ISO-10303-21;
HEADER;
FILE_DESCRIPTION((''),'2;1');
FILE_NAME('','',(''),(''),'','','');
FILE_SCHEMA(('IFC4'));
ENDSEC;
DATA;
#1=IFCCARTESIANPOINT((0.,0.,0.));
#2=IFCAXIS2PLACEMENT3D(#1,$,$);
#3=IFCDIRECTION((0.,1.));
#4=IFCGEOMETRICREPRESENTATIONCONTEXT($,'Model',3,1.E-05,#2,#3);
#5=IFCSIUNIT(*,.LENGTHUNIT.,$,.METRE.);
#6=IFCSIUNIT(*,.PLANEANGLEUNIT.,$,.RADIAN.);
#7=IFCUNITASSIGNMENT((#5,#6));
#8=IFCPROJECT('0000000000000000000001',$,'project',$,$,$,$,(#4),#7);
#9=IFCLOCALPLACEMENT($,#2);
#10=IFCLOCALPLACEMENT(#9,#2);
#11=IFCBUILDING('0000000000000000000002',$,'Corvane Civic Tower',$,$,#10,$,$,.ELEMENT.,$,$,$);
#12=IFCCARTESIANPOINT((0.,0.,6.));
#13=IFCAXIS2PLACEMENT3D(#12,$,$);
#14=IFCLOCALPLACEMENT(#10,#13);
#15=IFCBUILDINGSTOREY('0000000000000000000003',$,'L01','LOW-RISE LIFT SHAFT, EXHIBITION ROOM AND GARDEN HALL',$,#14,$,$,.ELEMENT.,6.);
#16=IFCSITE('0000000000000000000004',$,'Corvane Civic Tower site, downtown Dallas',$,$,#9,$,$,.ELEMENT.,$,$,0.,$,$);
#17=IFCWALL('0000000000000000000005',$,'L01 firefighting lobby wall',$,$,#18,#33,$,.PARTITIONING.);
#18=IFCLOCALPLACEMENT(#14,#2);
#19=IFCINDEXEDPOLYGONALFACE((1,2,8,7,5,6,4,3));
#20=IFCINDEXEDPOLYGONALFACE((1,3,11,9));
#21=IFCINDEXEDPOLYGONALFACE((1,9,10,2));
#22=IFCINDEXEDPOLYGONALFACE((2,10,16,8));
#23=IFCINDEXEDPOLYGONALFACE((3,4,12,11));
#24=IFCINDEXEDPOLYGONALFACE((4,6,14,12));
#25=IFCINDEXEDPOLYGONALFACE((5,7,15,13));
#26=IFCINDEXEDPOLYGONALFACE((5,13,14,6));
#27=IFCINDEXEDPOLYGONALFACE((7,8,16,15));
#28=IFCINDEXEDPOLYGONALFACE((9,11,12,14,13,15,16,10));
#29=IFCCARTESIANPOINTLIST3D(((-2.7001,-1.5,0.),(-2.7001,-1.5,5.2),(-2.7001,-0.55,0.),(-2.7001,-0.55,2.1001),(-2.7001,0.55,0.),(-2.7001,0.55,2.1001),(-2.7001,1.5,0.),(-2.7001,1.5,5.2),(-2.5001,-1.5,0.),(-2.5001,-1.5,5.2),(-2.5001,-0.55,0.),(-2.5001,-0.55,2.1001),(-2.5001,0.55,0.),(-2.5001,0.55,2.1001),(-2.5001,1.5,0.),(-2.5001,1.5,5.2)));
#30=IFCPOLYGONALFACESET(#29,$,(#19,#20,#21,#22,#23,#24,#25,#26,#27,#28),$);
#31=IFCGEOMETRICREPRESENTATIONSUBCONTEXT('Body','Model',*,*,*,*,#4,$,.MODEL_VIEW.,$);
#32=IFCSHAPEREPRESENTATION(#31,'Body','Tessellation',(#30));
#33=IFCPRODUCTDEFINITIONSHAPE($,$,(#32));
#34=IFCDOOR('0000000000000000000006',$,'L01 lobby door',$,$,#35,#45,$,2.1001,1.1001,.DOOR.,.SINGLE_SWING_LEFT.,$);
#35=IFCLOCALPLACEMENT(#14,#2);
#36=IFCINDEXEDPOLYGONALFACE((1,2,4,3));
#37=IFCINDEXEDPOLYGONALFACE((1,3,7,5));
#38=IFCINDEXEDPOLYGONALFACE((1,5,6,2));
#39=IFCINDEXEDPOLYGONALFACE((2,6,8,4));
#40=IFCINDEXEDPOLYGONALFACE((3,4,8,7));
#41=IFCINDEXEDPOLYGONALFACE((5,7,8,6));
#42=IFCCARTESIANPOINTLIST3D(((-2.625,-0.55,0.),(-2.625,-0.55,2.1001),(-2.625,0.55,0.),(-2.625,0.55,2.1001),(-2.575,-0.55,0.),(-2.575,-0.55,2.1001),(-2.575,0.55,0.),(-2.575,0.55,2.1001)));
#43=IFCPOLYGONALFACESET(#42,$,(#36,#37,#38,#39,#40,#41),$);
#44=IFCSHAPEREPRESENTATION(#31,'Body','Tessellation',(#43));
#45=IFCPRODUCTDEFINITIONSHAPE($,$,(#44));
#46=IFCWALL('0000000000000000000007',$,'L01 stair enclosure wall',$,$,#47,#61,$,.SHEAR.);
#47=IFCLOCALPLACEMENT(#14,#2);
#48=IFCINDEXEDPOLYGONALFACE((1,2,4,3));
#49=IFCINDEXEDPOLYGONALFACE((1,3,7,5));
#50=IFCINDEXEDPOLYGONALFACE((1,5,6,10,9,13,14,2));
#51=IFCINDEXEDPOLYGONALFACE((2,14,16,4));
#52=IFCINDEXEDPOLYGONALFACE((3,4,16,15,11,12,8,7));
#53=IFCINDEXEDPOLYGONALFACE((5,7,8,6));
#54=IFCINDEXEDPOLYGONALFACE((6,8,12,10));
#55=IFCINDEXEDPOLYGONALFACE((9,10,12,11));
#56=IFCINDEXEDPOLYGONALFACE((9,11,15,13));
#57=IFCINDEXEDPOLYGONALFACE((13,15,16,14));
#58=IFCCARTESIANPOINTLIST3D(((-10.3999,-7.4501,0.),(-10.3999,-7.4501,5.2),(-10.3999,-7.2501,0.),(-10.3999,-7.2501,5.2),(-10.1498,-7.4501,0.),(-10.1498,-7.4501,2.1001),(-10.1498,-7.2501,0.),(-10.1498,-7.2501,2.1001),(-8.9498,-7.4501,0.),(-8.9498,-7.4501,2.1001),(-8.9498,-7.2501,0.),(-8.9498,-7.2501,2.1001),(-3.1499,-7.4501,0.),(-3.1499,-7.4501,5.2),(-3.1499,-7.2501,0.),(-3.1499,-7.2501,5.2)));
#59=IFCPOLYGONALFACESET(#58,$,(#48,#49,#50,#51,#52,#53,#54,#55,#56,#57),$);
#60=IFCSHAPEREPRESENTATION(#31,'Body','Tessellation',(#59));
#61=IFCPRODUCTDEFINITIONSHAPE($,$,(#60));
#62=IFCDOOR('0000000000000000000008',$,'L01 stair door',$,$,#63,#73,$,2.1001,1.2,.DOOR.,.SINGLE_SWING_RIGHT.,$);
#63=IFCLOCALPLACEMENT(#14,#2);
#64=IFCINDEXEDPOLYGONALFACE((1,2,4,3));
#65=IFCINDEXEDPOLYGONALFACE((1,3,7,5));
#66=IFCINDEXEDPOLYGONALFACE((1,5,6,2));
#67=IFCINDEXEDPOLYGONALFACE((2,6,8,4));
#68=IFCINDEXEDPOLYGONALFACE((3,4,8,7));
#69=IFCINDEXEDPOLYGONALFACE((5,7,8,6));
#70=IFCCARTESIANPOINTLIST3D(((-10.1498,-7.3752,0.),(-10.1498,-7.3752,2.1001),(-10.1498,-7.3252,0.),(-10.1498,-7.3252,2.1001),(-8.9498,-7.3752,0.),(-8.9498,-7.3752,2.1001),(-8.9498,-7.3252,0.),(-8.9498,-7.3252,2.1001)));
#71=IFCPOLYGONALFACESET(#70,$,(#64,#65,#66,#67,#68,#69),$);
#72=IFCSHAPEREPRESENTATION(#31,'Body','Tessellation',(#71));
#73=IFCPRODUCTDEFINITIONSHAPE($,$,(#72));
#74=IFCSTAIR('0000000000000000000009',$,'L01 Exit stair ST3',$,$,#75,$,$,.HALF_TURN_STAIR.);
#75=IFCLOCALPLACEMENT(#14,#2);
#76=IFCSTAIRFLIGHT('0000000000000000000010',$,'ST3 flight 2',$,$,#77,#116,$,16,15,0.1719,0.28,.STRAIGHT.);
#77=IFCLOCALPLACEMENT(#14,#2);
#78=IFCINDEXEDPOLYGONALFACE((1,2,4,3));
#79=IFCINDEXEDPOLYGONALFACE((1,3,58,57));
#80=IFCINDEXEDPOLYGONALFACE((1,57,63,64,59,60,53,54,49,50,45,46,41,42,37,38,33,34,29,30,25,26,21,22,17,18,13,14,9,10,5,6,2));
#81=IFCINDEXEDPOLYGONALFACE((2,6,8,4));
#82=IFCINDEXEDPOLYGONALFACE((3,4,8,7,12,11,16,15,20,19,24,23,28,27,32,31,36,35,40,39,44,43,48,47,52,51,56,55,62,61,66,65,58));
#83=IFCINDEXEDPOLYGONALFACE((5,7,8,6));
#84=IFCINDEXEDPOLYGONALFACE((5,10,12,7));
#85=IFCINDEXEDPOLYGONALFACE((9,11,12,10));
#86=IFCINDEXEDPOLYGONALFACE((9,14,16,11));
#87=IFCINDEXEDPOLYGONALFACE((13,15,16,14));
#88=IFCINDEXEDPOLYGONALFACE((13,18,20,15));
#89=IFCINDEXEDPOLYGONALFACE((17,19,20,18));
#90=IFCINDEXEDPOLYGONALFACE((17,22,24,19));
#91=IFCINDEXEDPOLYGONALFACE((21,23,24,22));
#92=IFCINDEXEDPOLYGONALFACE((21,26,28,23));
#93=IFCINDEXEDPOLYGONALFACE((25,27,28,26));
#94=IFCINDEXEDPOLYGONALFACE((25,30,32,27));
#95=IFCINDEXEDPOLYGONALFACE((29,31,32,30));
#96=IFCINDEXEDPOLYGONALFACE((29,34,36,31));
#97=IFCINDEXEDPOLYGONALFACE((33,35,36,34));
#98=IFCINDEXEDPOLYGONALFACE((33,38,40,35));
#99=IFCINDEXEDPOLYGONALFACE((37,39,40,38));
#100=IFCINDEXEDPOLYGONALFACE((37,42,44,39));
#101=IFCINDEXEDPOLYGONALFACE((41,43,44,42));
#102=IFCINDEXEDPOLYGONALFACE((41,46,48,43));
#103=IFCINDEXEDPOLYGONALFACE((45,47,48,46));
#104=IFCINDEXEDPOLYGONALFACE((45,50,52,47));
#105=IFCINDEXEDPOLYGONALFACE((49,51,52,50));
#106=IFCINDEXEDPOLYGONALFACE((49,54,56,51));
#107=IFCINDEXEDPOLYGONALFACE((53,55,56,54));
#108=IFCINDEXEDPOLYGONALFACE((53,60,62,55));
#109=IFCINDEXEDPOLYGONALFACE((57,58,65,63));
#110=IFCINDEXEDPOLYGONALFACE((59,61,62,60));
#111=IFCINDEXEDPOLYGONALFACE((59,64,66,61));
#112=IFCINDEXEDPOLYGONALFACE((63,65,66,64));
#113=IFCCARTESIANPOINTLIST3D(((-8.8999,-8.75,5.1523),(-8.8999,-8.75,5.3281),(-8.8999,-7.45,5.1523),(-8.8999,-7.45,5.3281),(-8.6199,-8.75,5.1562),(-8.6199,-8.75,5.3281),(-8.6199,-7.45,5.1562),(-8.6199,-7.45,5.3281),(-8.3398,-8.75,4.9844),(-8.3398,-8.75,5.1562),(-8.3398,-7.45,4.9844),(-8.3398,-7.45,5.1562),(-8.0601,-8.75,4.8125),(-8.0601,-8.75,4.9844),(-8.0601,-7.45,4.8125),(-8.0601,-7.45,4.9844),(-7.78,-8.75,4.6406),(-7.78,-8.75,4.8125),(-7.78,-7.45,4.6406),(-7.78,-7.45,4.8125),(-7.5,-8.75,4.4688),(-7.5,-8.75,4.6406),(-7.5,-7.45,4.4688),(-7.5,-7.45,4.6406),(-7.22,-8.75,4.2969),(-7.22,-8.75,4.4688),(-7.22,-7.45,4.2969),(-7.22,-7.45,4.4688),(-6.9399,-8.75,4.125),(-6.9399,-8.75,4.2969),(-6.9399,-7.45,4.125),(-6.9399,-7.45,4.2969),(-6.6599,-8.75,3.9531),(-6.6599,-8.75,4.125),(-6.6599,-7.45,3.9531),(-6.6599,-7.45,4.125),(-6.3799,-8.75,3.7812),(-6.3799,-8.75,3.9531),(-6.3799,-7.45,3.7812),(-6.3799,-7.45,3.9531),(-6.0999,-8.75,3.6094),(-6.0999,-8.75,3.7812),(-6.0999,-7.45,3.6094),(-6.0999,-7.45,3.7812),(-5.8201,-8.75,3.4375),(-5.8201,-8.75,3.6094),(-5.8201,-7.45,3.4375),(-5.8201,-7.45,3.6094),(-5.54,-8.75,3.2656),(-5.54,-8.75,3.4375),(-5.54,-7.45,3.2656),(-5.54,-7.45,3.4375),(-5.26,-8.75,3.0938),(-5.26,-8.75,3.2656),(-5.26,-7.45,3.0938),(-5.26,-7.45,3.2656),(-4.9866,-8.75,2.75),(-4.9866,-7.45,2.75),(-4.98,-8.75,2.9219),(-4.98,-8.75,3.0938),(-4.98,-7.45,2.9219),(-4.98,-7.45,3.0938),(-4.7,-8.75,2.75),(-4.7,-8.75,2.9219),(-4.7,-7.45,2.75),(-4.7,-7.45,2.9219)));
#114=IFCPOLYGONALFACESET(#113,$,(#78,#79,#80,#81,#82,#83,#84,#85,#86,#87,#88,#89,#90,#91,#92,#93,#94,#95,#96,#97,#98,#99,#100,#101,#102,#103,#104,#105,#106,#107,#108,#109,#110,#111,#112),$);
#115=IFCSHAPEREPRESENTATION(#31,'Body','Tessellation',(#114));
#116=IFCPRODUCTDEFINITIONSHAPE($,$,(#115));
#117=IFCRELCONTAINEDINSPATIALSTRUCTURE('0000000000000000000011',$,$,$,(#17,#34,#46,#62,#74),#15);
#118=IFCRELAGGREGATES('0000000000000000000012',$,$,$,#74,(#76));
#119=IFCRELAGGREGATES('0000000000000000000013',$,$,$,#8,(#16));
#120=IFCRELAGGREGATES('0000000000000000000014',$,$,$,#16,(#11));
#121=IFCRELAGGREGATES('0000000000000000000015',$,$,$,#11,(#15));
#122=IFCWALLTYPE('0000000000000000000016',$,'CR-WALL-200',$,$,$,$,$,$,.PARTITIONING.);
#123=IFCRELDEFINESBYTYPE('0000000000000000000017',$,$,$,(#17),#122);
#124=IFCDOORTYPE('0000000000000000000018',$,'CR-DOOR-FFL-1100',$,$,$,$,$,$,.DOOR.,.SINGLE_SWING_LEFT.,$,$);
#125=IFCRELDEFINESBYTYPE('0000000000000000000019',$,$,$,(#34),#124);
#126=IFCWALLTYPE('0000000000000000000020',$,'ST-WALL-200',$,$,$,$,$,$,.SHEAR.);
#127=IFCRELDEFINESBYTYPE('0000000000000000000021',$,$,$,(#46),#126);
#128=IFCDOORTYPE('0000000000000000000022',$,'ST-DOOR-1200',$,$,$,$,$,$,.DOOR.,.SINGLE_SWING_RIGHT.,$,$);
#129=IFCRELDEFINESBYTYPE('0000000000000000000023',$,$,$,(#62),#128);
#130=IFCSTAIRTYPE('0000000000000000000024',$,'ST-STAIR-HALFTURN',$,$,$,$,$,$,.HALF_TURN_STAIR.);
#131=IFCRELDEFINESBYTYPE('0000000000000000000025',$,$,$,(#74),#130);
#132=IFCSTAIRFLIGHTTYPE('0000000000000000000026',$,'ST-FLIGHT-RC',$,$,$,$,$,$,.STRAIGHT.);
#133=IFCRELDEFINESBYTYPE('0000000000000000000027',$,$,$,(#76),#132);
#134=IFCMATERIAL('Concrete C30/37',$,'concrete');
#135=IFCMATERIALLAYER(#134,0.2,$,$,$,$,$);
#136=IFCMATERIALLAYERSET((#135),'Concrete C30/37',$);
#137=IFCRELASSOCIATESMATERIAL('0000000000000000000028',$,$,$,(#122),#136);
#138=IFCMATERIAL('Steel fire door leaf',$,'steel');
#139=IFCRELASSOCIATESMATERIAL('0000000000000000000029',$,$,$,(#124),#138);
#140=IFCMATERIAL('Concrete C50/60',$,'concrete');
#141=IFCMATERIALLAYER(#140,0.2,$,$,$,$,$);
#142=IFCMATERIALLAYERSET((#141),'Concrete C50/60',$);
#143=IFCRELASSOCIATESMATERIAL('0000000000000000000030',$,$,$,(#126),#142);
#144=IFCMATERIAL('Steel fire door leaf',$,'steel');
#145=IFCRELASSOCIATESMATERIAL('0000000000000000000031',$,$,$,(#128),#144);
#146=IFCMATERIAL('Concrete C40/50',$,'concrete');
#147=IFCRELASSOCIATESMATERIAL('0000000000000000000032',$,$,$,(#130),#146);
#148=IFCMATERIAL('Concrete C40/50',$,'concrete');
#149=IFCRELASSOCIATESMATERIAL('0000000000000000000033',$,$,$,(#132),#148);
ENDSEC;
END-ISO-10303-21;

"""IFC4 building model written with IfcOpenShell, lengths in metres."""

from ifc_helpers import new_model, si_unit, direction, frame, frame_2d, origin, place, context, subcontext, project, spatial, polyline, rectangle, outline, extrude, material, layer, layer_set, type_object, element, fill, aggregate, save


model = new_model("IFC4")

# Units and contexts
model_context = context("Model", 3, precision=1e-05, world=origin(), true_north=direction((0.0, 1.0)))
body_context = subcontext(model_context, "Body", "Model", "MODEL_VIEW")
ifc_project = project(units=[si_unit("LENGTHUNIT", "METRE"), si_unit("PLANEANGLEUNIT", "RADIAN")], contexts=[model_context])

# Site, building, storey
site_placement = place(None, origin())
site = spatial("IfcSite", under=ifc_project, at=site_placement, Name="Corvane Civic Tower site, downtown Dallas", CompositionType="ELEMENT", RefElevation=0.0)
building_placement = place(site_placement, origin())
building = spatial("IfcBuilding", under=site, at=building_placement, Name="Corvane Civic Tower", CompositionType="ELEMENT")
storey_placement = place(building_placement, frame((0.0, 0.0, 6.0)))
storey = spatial("IfcBuildingStorey", under=building, at=storey_placement, Name="L01", Description="LOW-RISE LIFT SHAFT, EXHIBITION ROOM AND GARDEN HALL", CompositionType="ELEMENT", Elevation=6.0)

# Shared definitions
ifc_material_1 = material(Name="Concrete C30/37", Category="concrete")
ifc_layer_1 = layer(ifc_material_1, 0.2)
ifc_layer_set_1 = layer_set([ifc_layer_1], Name="Concrete C30/37")
wall_type_1 = type_object("IfcWallType", Name="CR-WALL-200", PredefinedType="PARTITIONING", material=ifc_layer_set_1)

# Walls, openings, doors
wall_1_placement = place(storey_placement, frame((-2.6001, -1.5, 0.0), z_axis=(0.0, 0.0, 1.0), x_axis=(0.0, 1.0, 0.0)))
wall_1 = element("IfcWall", 1, at=wall_1_placement, inside=storey, type_object=wall_type_1, Name="L01 firefighting lobby wall", PredefinedType="PARTITIONING", context=body_context, shape_type="SweptSolid", body=[
    extrude(rectangle(XDim=3.0, YDim=0.2, at=frame_2d((1.5, 0.0))), origin(), (0.0, 0.0, 1.0), 5.2),
])
opening_1_placement = place(wall_1_placement, frame((0.95, 0.0, 0.0)))
opening_1 = element("IfcOpeningElement", 2, at=opening_1_placement, cuts=wall_1, PredefinedType="OPENING", context=body_context, shape_type="SweptSolid", body=[
    extrude(rectangle(XDim=1.1001, YDim=2.1001, at=frame_2d((0.55, 1.05))), frame((0.0, 0.1099, 0.0), z_axis=(0.0, -1.0, 0.0), x_axis=(1.0, 0.0, 0.0)), (0.0, 0.0, 1.0), 0.22),
])
ifc_material_2 = material(Name="Steel fire door leaf", Category="steel")
door_type_1 = type_object("IfcDoorType", Name="CR-DOOR-FFL-1100", OperationType="SINGLE_SWING_LEFT", PredefinedType="DOOR", material=ifc_material_2)
door_1_placement = place(opening_1_placement, origin())
door_1 = element("IfcDoor", 3, at=door_1_placement, inside=storey, type_object=door_type_1, Name="L01 lobby door", OperationType="SINGLE_SWING_LEFT", OverallHeight=2.1001, OverallWidth=1.1001, PredefinedType="DOOR", context=body_context, shape_type="SweptSolid", body=[
    extrude(rectangle(XDim=1.1001, YDim=2.1001, at=frame_2d((0.55, 1.05))), frame((0.0, 0.0249, 0.0), z_axis=(0.0, -1.0, 0.0), x_axis=(1.0, 0.0, 0.0)), (0.0, 0.0, 1.0), 0.05),
])
fill(opening_1, door_1)
ifc_material_3 = material(Name="Concrete C50/60", Category="concrete")
ifc_layer_2 = layer(ifc_material_3, 0.2)
ifc_layer_set_2 = layer_set([ifc_layer_2], Name="Concrete C50/60")
wall_type_2 = type_object("IfcWallType", Name="ST-WALL-200", PredefinedType="SHEAR", material=ifc_layer_set_2)
wall_2_placement = place(storey_placement, frame((-10.3999, -7.3501, 0.0), z_axis=(0.0, 0.0, 1.0), x_axis=(1.0, 0.0, 0.0)))
wall_2 = element("IfcWall", 4, at=wall_2_placement, inside=storey, type_object=wall_type_2, Name="L01 stair enclosure wall", PredefinedType="SHEAR", context=body_context, shape_type="SweptSolid", body=[
    extrude(rectangle(XDim=7.25, YDim=0.2, at=frame_2d((3.625, 0.0))), origin(), (0.0, 0.0, 1.0), 5.2),
])
opening_2_placement = place(wall_2_placement, frame((0.25, 0.0, 0.0)))
opening_2 = element("IfcOpeningElement", 5, at=opening_2_placement, cuts=wall_2, PredefinedType="OPENING", context=body_context, shape_type="SweptSolid", body=[
    extrude(rectangle(XDim=1.2, YDim=2.1001, at=frame_2d((0.6001, 1.05))), frame((0.0, 0.1099, 0.0), z_axis=(0.0, -1.0, 0.0), x_axis=(1.0, 0.0, 0.0)), (0.0, 0.0, 1.0), 0.22),
])
ifc_material_4 = material(Name="Steel fire door leaf", Category="steel")
door_type_2 = type_object("IfcDoorType", Name="ST-DOOR-1200", OperationType="SINGLE_SWING_RIGHT", PredefinedType="DOOR", material=ifc_material_4)
door_2_placement = place(opening_2_placement, origin())
door_2 = element("IfcDoor", 6, at=door_2_placement, inside=storey, type_object=door_type_2, Name="L01 stair door", OperationType="SINGLE_SWING_RIGHT", OverallHeight=2.1001, OverallWidth=1.2, PredefinedType="DOOR", context=body_context, shape_type="SweptSolid", body=[
    extrude(rectangle(XDim=1.2, YDim=2.1001, at=frame_2d((0.6001, 1.05))), frame((0.0, 0.0249, 0.0), z_axis=(0.0, -1.0, 0.0), x_axis=(1.0, 0.0, 0.0)), (0.0, 0.0, 1.0), 0.05),
])
fill(opening_2, door_2)

# Stair, stair flight
ifc_material_5 = material(Name="Concrete C40/50", Category="concrete")
stair_type = type_object("IfcStairType", Name="ST-STAIR-HALFTURN", PredefinedType="HALF_TURN_STAIR", material=ifc_material_5)
stair_placement = place(storey_placement, origin())
stair = element("IfcStair", 7, at=stair_placement, inside=storey, type_object=stair_type, Name="L01 Exit stair ST3", PredefinedType="HALF_TURN_STAIR")
ifc_material_6 = material(Name="Concrete C40/50", Category="concrete")
stair_flight_type = type_object("IfcStairFlightType", Name="ST-FLIGHT-RC", PredefinedType="STRAIGHT", material=ifc_material_6)
stair_flight_placement = place(storey_placement, frame((-4.7, -8.1001, 2.75), z_axis=(0.0, 0.0, 1.0), x_axis=(-1.0, 0.0, 0.0)))
stair_flight = element("IfcStairFlight", 8, at=stair_flight_placement, type_object=stair_flight_type, Name="ST3 flight 2", NumberOfRisers=16, NumberOfTreads=15, PredefinedType="STRAIGHT", RiserHeight=0.1719, TreadLength=0.28, context=body_context, shape_type="SweptSolid", body=[
    extrude(outline(polyline([(0.0, 0.0), (0.0, 0.1719), (0.28, 0.1719), (0.28, 0.3438), (0.5601, 0.3438), (0.5601, 0.5156), (0.8401, 0.5156), (0.8401, 0.6875), (1.1201, 0.6875), (1.1201, 0.8594), (1.3999, 0.8594), (1.3999, 1.0312), (1.6799, 1.0312), (1.6799, 1.2031), (1.96, 1.2031), (1.96, 1.375), (2.24, 1.375), (2.24, 1.5469), (2.52, 1.5469), (2.52, 1.7188), (2.8, 1.7188), (2.8, 1.8906), (3.0801, 1.8906), (3.0801, 2.0625), (3.3601, 2.0625), (3.3601, 2.2344), (3.6399, 2.2344), (3.6399, 2.4062), (3.9199, 2.4062), (3.9199, 2.5781), (4.2, 2.5781), (4.2, 2.75), (4.2, 2.4023), (0.2866, 0.0), (0.0, 0.0)])), frame((0.0, 0.6499, 0.0), z_axis=(0.0, -1.0, 0.0), x_axis=(1.0, 0.0, 0.0)), (0.0, 0.0, 1.0), 1.3),
])
aggregate(stair, [stair_flight])

save(model, "model.ifc")
